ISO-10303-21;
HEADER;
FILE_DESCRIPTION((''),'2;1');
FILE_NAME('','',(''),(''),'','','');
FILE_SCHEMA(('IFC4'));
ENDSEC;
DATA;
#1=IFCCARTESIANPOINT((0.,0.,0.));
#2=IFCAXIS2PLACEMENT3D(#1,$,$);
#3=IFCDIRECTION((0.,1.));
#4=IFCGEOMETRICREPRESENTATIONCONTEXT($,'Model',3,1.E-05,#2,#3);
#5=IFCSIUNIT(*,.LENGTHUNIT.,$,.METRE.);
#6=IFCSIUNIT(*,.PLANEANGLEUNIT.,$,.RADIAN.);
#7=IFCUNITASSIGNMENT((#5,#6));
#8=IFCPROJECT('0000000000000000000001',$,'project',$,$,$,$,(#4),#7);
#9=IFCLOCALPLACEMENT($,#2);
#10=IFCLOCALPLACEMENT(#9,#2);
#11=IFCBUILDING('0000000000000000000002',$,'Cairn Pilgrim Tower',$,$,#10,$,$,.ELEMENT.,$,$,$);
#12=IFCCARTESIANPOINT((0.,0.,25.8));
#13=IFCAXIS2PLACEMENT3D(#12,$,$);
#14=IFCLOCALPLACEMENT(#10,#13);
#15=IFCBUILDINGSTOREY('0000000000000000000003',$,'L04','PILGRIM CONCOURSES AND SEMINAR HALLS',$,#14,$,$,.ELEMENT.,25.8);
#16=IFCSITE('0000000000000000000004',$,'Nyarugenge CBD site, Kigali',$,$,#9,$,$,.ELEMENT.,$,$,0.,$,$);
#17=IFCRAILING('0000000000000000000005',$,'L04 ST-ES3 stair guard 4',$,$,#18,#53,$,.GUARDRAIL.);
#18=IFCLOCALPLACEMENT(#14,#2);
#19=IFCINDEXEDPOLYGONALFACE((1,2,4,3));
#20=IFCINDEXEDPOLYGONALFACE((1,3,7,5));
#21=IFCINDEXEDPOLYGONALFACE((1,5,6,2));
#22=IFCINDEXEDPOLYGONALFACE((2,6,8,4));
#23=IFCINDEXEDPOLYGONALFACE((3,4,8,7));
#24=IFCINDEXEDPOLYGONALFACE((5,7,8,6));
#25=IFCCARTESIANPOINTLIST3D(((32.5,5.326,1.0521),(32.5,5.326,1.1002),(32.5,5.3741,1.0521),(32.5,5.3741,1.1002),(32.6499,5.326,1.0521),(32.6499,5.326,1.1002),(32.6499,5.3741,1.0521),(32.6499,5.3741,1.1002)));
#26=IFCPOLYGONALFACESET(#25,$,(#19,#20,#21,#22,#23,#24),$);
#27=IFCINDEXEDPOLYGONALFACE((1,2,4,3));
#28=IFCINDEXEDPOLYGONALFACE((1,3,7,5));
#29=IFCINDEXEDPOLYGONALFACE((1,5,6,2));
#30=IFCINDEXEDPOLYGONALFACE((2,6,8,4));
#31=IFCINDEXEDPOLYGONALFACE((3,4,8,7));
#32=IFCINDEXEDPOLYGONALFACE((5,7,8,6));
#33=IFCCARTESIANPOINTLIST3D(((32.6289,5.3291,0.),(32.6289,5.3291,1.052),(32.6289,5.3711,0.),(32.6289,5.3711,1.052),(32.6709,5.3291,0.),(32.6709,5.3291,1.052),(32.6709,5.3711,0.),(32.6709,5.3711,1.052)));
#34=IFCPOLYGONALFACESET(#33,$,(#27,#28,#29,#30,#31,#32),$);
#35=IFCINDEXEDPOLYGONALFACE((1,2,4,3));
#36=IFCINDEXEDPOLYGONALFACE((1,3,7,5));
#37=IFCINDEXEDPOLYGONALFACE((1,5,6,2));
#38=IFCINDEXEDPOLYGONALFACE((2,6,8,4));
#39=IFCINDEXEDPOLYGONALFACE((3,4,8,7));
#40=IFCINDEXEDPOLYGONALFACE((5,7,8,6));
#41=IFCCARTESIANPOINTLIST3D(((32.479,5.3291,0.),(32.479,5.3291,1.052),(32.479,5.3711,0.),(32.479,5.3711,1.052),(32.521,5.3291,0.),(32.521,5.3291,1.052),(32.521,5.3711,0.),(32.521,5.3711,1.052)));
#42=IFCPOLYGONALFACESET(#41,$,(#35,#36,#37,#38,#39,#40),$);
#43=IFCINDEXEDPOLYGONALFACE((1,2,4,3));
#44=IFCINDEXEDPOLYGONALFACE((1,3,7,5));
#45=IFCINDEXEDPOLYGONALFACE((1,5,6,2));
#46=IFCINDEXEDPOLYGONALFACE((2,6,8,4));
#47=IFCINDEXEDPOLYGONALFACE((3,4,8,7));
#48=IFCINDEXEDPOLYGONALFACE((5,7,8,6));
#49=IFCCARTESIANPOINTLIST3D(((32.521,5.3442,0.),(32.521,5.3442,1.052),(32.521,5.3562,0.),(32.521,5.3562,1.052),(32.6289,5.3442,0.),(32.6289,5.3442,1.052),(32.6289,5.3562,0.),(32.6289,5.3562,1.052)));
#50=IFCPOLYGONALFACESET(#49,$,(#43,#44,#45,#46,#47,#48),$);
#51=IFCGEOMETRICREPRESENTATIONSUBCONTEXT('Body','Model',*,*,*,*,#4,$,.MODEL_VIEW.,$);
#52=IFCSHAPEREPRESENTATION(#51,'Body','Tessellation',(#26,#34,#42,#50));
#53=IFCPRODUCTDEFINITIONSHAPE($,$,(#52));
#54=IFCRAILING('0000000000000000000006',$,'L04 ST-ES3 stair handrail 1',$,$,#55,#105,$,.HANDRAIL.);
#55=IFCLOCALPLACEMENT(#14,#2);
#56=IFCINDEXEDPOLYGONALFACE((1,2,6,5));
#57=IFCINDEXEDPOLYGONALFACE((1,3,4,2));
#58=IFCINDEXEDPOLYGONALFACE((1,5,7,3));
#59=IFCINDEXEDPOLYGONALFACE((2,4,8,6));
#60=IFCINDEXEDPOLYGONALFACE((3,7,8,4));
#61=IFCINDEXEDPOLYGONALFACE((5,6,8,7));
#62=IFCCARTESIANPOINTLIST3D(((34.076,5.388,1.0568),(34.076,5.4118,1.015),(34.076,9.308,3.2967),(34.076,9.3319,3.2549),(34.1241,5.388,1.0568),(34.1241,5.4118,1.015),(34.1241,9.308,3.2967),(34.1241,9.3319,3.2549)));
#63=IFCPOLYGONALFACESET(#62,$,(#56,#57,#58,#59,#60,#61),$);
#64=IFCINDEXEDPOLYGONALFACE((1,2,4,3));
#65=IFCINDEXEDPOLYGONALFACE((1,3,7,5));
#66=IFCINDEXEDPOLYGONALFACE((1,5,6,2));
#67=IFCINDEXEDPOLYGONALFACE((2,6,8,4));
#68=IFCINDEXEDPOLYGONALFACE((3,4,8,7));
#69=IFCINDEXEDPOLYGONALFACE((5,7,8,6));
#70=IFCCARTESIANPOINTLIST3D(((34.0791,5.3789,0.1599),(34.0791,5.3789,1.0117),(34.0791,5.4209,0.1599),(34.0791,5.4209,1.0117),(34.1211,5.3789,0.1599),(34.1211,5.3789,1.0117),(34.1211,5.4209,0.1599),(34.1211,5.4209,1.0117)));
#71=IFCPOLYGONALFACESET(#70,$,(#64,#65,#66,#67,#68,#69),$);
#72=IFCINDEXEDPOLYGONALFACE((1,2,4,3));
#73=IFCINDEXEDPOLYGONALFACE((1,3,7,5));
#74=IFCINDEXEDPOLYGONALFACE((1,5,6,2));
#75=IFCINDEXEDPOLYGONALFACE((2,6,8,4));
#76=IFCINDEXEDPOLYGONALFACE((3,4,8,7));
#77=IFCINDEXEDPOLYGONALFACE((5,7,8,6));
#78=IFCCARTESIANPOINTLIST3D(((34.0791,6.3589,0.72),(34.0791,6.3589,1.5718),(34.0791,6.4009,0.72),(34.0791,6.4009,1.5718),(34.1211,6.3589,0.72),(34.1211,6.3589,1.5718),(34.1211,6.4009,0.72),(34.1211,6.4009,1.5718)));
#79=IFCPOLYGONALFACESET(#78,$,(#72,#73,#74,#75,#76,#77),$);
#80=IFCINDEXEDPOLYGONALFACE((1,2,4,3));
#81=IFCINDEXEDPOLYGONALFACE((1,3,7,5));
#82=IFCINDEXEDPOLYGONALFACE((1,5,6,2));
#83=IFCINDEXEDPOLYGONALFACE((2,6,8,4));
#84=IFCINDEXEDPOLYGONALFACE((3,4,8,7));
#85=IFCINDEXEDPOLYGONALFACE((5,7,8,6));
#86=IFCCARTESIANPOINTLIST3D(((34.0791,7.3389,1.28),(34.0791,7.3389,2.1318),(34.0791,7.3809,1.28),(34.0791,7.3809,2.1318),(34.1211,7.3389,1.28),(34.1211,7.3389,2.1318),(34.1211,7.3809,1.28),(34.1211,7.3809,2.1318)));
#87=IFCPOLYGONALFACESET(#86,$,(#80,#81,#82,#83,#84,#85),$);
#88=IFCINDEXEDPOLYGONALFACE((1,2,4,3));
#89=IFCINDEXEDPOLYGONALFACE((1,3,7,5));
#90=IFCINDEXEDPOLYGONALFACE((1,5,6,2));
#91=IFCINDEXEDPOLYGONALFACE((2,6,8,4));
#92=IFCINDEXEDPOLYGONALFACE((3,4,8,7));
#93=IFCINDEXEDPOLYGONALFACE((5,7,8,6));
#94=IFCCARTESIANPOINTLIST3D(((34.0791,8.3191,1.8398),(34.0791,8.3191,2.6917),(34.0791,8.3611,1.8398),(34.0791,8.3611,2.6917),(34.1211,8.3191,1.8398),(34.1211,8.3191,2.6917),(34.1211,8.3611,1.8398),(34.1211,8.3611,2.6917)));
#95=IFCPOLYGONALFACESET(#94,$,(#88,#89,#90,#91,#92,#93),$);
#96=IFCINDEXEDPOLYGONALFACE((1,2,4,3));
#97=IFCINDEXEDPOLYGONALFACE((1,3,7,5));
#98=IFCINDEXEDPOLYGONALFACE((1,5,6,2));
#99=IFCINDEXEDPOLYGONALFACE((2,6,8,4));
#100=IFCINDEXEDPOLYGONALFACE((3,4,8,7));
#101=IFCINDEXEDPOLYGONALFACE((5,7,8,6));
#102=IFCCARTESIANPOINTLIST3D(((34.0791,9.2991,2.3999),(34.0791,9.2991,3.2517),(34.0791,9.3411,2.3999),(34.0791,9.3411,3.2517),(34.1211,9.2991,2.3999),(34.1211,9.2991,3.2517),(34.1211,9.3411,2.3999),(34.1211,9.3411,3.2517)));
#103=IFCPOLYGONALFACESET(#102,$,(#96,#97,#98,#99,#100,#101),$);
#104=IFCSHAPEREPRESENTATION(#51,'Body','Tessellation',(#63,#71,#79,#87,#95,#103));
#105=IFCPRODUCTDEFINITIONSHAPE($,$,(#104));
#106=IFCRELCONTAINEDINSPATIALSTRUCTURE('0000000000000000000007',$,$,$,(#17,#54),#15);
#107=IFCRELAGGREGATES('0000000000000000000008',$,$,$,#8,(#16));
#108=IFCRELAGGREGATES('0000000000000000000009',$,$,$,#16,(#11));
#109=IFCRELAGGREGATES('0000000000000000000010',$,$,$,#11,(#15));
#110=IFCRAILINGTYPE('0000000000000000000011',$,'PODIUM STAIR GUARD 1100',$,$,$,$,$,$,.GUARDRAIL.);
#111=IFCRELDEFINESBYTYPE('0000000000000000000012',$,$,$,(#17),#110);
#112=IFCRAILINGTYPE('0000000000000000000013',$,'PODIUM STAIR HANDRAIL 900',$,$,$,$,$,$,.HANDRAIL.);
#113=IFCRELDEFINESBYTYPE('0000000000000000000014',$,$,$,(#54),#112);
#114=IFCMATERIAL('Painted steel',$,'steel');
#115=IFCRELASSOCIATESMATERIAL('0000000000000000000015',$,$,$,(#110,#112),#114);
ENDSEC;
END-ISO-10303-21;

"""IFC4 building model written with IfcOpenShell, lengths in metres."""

from ifc_helpers import new_model, si_unit, direction, frame, origin, origin_2d, place, context, subcontext, project, spatial, polyline, rectangle, outline, extrude, material, type_object, element, save


model = new_model("IFC4")

# Units and contexts
model_context = context("Model", 3, precision=1e-05, world=origin(), true_north=direction((0.0, 1.0)))
body_context = subcontext(model_context, "Body", "Model", "MODEL_VIEW")
ifc_project = project(units=[si_unit("LENGTHUNIT", "METRE"), si_unit("PLANEANGLEUNIT", "RADIAN")], contexts=[model_context])

# Site, building, storey
site_placement = place(None, origin())
site = spatial("IfcSite", under=ifc_project, at=site_placement, Name="Nyarugenge CBD site, Kigali", CompositionType="ELEMENT", RefElevation=0.0)
building_placement = place(site_placement, origin())
building = spatial("IfcBuilding", under=site, at=building_placement, Name="Cairn Pilgrim Tower", CompositionType="ELEMENT")
storey_placement = place(building_placement, frame((0.0, 0.0, 25.8)))
storey = spatial("IfcBuildingStorey", under=building, at=storey_placement, Name="L04", Description="PILGRIM CONCOURSES AND SEMINAR HALLS", CompositionType="ELEMENT", Elevation=25.8)

# Railings
ifc_material_1 = material(Name="Painted steel", Category="steel")
railing_type_1 = type_object("IfcRailingType", Name="PODIUM STAIR GUARD 1100", PredefinedType="GUARDRAIL", material=ifc_material_1)
railing_1_placement = place(storey_placement, frame((32.6499, 5.3501, 0.0)))
element("IfcRailing", 1, at=railing_1_placement, inside=storey, type_object=railing_type_1, Name="L04 ST-ES3 stair guard 4", PredefinedType="GUARDRAIL", context=body_context, shape_type="SweptSolid", body=[
    extrude(rectangle(XDim=0.0481, YDim=0.0481, at=origin_2d()), frame((0.0, 0.0, 1.0762), z_axis=(-1.0, 0.0, 0.0), x_axis=(0.0, -1.0, 0.0)), (0.0, 0.0, 1.0), 0.1499),
    extrude(rectangle(XDim=0.042, YDim=0.042, at=origin_2d()), origin(), (0.0, 0.0, 1.0), 1.052),
    extrude(rectangle(XDim=0.042, YDim=0.042, at=origin_2d()), frame((-0.1499, 0.0, 0.0)), (0.0, 0.0, 1.0), 1.052),
    extrude(outline(polyline([(0.021, 0.0), (0.1289, 0.0), (0.1289, 1.052), (0.021, 1.052), (0.021, 0.0)])), frame((0.0, -0.0059, 0.0), z_axis=(0.0, 1.0, 0.0), x_axis=(-1.0, 0.0, 0.0)), (0.0, 0.0, 1.0), 0.012),
])
railing_type_2 = type_object("IfcRailingType", Name="PODIUM STAIR HANDRAIL 900", PredefinedType="HANDRAIL", material=ifc_material_1)
railing_2_placement = place(storey_placement, frame((34.1001, 5.3999, 0.1599)))
element("IfcRailing", 2, at=railing_2_placement, inside=storey, type_object=railing_type_2, Name="L04 ST-ES3 stair handrail 1", PredefinedType="HANDRAIL", context=body_context, shape_type="SweptSolid", body=[
    extrude(rectangle(XDim=0.0481, YDim=0.0481, at=origin_2d()), frame((0.0, 0.0, 0.876), z_axis=(0.0, 0.868253, 0.496121), x_axis=(-1.0, 0.0, 0.0)), (0.0, 0.0, 1.0), 4.5149),
    extrude(rectangle(XDim=0.042, YDim=0.042, at=origin_2d()), origin(), (0.0, 0.0, 1.0), 0.8518),
    extrude(rectangle(XDim=0.042, YDim=0.042, at=origin_2d()), frame((0.0, 0.98, 0.5601)), (0.0, 0.0, 1.0), 0.8518),
    extrude(rectangle(XDim=0.042, YDim=0.042, at=origin_2d()), frame((0.0, 1.96, 1.1201)), (0.0, 0.0, 1.0), 0.8518),
    extrude(rectangle(XDim=0.042, YDim=0.042, at=origin_2d()), frame((0.0, 2.9402, 1.6799)), (0.0, 0.0, 1.0), 0.8518),
    extrude(rectangle(XDim=0.042, YDim=0.042, at=origin_2d()), frame((0.0, 3.9202, 2.24)), (0.0, 0.0, 1.0), 0.8518),
])

save(model, "model.ifc")
